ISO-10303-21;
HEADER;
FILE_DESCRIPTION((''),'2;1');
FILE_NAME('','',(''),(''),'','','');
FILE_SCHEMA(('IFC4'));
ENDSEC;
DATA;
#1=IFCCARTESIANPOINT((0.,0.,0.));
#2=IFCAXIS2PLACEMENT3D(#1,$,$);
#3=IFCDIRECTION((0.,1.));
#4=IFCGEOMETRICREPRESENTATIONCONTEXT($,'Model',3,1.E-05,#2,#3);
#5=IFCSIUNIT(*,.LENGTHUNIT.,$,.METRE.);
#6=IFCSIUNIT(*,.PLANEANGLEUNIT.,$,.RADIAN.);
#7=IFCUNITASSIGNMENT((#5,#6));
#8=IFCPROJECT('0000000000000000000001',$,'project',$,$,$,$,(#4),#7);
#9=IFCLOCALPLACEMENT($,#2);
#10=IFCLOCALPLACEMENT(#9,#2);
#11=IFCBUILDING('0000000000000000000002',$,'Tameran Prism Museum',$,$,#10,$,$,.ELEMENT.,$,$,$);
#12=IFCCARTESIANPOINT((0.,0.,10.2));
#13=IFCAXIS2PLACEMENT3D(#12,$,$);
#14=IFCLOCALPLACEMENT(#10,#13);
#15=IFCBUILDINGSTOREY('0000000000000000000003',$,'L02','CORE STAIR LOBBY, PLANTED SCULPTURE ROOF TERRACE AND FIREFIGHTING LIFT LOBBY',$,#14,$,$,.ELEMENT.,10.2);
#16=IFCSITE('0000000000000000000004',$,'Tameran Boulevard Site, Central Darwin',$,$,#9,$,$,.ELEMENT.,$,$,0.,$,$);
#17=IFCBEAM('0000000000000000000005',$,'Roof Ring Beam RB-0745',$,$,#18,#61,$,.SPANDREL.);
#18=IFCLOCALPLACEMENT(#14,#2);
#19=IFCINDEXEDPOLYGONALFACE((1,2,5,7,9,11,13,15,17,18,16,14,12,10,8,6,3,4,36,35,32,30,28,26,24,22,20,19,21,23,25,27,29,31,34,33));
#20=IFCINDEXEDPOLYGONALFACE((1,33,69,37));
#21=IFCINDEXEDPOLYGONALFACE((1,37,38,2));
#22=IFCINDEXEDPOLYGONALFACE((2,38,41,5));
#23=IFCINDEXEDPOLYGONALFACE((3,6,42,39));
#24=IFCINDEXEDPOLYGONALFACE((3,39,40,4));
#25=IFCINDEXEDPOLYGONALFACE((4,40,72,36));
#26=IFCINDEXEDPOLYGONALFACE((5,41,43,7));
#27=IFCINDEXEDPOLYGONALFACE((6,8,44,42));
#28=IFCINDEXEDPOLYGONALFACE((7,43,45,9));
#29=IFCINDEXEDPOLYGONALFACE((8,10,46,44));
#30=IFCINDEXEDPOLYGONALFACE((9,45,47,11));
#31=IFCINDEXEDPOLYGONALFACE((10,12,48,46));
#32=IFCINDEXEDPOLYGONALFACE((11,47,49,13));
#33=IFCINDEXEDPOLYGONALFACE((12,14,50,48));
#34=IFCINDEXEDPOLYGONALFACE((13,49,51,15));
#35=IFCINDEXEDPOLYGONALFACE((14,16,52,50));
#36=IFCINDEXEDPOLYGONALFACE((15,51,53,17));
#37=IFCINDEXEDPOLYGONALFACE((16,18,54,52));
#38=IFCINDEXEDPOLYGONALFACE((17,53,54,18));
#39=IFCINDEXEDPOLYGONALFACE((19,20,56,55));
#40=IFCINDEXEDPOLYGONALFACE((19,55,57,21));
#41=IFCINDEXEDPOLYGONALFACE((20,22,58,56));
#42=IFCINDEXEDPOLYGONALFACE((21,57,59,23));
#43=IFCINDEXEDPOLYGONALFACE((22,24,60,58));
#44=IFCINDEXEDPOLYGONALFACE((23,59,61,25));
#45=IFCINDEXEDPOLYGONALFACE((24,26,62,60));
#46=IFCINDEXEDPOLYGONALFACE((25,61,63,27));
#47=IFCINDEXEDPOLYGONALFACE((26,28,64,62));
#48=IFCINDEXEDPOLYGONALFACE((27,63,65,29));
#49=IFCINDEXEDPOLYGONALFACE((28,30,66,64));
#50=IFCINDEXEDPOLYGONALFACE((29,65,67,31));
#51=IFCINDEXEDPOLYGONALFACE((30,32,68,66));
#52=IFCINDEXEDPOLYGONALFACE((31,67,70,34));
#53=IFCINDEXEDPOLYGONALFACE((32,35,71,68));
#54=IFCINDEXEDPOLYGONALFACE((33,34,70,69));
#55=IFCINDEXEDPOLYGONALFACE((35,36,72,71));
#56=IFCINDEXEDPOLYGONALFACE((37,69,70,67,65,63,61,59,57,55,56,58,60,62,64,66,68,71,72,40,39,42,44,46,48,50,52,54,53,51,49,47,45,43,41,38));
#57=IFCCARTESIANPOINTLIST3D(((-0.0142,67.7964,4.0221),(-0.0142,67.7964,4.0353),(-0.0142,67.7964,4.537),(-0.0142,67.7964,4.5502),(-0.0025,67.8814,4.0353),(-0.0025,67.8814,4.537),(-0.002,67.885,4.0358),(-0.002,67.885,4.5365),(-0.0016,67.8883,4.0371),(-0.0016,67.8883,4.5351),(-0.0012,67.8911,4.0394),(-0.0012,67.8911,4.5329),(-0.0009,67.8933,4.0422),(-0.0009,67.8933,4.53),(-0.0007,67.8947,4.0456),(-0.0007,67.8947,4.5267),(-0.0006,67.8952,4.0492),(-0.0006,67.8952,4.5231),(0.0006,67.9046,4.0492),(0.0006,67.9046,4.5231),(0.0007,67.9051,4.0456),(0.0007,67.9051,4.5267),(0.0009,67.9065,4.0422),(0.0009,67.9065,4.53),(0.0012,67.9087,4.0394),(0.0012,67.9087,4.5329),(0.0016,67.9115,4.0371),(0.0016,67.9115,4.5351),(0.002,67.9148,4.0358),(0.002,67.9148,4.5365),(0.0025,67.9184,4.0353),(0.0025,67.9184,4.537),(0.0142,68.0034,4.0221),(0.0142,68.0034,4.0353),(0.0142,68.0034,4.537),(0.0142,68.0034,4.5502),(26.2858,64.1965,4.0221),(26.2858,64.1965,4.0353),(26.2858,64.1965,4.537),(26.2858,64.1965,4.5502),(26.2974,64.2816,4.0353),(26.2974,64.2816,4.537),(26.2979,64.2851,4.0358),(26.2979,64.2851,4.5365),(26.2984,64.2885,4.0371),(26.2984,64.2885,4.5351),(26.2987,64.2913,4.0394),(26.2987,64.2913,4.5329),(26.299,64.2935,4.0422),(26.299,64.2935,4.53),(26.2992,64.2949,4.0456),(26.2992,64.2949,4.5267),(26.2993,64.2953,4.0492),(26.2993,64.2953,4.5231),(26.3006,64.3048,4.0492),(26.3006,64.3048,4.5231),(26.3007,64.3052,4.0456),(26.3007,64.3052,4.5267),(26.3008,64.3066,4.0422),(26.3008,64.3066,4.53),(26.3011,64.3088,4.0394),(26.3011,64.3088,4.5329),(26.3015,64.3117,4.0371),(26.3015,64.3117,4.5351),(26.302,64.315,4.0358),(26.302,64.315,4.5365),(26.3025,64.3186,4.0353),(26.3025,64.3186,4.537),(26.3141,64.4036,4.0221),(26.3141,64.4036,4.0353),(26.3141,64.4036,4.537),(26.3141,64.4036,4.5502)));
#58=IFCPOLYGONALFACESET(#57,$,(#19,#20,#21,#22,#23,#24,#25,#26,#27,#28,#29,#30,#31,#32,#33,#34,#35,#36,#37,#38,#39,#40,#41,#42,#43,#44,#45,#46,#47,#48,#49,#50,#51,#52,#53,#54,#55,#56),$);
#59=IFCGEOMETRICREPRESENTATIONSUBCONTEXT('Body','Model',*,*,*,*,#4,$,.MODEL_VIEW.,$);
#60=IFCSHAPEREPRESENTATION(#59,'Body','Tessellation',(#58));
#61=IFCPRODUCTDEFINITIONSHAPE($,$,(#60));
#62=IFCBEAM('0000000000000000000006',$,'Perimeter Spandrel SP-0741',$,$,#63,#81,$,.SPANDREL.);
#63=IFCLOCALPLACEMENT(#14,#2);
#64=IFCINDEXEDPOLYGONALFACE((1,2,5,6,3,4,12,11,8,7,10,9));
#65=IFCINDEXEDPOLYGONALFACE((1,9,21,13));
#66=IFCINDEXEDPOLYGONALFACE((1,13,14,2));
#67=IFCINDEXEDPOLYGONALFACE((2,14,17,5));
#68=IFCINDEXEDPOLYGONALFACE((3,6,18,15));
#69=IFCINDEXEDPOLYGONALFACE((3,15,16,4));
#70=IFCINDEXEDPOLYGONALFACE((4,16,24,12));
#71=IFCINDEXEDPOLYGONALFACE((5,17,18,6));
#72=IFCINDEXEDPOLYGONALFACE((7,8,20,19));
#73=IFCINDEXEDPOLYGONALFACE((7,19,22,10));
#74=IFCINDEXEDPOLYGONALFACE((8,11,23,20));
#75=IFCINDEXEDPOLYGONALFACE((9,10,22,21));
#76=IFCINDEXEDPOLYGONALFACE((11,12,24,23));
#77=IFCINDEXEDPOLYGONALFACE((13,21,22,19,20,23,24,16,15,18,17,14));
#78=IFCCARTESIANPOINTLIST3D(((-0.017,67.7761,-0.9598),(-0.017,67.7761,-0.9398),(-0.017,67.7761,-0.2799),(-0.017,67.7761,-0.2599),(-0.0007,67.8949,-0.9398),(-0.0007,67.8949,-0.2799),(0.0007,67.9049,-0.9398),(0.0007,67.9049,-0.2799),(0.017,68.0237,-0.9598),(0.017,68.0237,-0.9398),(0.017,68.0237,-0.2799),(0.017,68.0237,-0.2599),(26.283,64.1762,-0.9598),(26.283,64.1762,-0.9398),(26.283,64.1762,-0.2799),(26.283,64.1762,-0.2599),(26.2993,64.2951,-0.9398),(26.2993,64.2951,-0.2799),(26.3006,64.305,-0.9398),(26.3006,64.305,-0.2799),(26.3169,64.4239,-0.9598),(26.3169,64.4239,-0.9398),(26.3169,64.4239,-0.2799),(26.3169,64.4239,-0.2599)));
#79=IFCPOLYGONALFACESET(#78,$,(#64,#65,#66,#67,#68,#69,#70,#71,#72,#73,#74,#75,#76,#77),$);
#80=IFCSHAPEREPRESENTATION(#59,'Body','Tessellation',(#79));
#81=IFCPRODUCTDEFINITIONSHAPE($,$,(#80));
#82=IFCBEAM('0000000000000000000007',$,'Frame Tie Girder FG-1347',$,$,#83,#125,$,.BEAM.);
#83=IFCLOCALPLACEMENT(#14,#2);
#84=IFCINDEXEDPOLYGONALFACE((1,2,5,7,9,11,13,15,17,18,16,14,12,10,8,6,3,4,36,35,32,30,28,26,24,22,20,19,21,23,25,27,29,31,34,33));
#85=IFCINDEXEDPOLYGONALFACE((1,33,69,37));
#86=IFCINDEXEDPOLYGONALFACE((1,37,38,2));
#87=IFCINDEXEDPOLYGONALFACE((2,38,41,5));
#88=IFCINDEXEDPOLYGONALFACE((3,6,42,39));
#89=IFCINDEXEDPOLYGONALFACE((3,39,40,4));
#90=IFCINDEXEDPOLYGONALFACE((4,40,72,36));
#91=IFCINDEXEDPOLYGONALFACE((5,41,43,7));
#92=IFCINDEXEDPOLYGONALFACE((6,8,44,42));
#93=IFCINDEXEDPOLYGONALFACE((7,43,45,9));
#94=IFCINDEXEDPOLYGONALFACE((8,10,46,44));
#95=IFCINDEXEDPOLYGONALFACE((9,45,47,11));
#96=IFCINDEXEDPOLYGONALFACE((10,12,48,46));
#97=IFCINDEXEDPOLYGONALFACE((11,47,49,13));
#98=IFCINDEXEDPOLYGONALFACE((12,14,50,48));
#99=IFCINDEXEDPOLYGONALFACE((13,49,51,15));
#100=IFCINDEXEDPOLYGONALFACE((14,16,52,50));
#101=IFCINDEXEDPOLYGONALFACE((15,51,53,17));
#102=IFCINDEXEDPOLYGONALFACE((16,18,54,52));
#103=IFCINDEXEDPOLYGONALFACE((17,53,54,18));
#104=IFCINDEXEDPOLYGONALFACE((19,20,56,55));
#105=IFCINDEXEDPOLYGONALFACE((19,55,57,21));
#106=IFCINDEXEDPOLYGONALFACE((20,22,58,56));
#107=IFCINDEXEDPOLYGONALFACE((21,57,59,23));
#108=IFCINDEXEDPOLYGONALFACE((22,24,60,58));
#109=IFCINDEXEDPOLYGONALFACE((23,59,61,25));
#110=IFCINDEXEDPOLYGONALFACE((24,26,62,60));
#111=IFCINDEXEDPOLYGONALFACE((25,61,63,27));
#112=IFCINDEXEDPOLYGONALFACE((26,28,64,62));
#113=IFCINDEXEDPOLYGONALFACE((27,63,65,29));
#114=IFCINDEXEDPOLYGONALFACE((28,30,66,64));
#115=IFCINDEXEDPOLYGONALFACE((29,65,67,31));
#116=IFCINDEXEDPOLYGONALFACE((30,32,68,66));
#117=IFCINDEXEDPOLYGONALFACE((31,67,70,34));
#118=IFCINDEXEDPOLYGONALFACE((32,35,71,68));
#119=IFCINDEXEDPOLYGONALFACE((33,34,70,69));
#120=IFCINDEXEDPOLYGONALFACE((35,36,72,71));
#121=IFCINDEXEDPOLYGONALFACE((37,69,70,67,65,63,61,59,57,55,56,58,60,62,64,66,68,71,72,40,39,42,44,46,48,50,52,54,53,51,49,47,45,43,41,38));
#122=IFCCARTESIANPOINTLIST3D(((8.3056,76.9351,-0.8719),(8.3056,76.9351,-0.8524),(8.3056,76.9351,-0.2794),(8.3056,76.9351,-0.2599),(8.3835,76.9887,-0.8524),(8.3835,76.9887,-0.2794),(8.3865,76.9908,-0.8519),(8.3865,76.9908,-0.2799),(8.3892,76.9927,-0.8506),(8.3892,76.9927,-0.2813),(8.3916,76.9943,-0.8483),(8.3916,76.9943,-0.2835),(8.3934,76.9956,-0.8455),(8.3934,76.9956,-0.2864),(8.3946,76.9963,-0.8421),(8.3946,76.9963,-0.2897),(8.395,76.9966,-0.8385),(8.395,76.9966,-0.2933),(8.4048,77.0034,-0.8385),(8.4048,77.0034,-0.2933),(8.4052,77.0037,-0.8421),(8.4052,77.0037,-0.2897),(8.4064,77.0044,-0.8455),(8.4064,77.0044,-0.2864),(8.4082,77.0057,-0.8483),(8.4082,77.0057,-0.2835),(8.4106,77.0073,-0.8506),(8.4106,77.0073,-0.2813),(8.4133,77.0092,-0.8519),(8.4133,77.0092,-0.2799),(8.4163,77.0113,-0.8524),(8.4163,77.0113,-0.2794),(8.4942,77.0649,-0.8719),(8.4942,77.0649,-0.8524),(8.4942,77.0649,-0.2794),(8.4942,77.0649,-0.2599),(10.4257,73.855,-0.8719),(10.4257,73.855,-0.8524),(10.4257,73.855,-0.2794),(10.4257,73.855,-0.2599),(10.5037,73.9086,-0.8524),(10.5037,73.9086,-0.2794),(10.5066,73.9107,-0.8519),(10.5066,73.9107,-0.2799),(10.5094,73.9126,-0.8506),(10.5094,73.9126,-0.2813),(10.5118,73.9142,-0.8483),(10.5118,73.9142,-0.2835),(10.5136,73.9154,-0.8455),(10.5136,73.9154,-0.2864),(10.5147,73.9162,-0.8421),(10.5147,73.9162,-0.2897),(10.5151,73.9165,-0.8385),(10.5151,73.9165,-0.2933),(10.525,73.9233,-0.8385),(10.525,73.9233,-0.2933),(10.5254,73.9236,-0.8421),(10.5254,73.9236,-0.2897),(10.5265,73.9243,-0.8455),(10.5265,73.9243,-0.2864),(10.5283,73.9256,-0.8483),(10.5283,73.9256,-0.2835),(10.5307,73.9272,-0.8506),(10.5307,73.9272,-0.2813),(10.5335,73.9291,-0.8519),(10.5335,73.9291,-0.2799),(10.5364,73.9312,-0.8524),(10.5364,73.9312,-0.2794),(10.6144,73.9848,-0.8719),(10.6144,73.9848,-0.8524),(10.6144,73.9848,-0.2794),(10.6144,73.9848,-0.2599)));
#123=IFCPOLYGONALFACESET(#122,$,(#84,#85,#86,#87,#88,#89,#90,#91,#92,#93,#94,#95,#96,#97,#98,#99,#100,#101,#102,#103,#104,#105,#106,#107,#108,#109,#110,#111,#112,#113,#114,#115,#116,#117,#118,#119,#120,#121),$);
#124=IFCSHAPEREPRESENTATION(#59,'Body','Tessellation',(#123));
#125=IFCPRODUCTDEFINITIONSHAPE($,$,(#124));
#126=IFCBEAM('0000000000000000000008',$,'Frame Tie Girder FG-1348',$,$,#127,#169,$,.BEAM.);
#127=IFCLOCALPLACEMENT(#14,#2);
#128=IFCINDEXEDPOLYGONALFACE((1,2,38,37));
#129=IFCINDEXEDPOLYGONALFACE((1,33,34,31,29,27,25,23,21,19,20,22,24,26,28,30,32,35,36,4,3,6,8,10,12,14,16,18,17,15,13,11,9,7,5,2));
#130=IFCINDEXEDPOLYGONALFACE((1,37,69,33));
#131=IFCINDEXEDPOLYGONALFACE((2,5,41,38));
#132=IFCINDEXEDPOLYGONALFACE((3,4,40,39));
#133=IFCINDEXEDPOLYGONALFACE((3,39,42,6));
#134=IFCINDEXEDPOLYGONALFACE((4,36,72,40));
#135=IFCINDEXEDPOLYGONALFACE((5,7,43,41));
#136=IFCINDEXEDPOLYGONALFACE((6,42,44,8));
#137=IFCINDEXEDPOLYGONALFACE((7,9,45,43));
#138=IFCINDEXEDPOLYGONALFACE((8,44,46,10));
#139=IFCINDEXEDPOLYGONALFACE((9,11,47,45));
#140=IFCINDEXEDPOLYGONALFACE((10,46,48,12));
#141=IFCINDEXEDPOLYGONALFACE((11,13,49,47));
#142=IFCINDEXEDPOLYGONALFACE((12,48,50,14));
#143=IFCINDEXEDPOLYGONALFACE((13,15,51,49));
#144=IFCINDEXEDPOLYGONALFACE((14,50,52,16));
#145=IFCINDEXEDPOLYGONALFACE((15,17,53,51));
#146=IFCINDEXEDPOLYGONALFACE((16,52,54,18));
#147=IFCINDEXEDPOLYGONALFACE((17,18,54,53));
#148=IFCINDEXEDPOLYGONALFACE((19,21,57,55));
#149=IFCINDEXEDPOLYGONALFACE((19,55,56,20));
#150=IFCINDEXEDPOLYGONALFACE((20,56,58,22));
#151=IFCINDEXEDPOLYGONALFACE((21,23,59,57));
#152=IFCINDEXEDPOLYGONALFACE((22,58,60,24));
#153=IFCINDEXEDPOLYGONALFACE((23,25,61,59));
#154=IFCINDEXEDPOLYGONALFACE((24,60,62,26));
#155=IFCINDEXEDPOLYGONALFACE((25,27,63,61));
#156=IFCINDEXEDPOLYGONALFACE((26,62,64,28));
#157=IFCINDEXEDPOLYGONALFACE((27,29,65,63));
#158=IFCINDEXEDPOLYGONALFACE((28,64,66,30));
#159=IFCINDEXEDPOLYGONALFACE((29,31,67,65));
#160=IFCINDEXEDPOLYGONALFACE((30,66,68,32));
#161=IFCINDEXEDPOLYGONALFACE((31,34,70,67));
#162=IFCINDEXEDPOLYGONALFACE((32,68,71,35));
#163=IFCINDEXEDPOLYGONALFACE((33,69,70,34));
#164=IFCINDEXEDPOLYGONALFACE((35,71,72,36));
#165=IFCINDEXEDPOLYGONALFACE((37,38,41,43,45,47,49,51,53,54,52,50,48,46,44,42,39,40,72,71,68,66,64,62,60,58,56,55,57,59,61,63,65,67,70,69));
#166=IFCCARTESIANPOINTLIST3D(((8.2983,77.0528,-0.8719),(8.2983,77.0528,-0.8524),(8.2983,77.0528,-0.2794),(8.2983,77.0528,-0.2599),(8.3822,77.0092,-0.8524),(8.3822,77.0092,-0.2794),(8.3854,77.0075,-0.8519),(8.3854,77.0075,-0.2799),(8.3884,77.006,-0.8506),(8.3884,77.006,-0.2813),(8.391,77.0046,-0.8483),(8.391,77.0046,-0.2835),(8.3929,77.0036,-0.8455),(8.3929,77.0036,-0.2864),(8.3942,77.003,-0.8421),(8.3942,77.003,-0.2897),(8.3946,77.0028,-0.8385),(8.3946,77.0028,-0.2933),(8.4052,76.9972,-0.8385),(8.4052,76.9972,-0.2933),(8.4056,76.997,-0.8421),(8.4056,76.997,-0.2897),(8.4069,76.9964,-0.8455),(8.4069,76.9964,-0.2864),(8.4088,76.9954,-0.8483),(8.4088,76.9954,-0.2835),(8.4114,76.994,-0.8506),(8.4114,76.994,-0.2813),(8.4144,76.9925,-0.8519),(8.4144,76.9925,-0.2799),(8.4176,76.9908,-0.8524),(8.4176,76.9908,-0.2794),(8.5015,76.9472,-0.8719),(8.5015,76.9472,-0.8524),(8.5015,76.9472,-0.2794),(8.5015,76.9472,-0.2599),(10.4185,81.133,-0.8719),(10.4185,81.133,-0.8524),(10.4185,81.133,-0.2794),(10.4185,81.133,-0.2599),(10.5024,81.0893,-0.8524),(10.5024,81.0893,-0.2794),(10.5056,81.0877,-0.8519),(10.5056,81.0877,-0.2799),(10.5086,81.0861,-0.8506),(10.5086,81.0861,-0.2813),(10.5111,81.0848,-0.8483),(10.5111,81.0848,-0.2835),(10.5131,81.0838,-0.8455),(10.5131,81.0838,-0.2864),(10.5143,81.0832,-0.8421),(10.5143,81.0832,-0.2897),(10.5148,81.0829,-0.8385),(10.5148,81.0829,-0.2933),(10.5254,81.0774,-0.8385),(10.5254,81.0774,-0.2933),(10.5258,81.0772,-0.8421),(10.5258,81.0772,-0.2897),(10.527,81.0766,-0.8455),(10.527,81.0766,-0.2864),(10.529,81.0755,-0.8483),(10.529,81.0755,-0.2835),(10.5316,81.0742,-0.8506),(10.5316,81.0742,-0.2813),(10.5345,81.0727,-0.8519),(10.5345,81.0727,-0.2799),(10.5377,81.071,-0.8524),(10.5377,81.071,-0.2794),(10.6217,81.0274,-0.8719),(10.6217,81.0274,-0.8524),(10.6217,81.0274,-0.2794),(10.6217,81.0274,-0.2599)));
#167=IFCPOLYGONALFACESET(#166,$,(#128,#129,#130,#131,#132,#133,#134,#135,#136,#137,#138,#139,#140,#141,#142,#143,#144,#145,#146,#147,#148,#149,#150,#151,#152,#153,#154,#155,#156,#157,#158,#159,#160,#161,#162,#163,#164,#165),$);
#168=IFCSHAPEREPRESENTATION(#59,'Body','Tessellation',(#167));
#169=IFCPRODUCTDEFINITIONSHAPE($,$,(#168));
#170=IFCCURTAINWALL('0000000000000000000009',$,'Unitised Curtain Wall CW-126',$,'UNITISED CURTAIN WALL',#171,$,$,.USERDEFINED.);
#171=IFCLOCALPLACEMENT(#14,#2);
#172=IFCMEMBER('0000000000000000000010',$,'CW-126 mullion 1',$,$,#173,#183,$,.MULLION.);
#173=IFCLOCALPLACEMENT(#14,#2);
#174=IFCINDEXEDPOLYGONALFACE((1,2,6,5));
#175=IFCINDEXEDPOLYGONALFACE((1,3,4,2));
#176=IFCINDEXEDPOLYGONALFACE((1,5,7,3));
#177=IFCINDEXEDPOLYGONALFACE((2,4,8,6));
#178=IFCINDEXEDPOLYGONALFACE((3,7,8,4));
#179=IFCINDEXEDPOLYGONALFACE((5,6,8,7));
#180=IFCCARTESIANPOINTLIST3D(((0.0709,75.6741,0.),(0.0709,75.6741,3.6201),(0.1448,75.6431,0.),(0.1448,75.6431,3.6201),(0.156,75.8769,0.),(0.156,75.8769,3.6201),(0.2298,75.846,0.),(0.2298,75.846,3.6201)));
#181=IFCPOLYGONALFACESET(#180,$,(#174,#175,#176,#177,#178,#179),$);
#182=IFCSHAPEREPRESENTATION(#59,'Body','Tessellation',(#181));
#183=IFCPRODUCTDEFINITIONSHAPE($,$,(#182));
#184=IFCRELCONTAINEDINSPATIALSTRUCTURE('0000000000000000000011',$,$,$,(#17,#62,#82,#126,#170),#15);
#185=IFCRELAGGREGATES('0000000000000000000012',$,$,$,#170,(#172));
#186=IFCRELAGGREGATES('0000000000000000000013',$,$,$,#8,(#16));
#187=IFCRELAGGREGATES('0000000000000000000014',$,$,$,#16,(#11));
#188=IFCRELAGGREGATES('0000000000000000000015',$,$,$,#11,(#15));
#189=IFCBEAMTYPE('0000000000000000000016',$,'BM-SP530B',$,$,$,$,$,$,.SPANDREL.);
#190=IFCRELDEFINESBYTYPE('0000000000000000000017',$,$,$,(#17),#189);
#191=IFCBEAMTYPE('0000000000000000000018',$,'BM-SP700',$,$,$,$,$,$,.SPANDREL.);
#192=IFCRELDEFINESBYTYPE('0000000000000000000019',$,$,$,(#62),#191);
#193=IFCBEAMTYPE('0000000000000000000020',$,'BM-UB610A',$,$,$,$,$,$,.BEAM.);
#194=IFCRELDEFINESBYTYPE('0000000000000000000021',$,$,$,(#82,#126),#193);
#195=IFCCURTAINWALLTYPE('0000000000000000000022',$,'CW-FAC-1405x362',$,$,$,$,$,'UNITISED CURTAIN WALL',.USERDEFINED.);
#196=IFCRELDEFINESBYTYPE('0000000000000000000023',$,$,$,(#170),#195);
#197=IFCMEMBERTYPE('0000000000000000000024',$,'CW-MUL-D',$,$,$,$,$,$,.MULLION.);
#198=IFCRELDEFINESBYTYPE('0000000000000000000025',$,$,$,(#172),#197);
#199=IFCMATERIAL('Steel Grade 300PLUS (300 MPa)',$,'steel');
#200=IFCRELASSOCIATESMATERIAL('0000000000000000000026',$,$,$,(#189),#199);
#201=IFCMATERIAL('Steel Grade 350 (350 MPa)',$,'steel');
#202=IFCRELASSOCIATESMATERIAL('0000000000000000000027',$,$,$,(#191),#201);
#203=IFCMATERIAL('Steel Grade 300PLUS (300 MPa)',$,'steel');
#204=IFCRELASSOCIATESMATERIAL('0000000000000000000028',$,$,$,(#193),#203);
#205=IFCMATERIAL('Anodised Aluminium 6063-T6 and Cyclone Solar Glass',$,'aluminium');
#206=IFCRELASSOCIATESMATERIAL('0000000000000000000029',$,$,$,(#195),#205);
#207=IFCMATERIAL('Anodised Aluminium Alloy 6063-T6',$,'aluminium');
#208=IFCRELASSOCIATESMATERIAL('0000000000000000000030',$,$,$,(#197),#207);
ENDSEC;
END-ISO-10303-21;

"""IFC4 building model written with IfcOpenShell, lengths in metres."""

from ifc_helpers import new_model, si_unit, direction, frame, origin, origin_2d, place, context, subcontext, project, spatial, rectangle, i_section, extrude, material, material_profile, profile_set, type_object, element, aggregate, save


model = new_model("IFC4")

# Units and contexts
model_context = context("Model", 3, precision=1e-05, world=origin(), true_north=direction((0.0, 1.0)))
body_context = subcontext(model_context, "Body", "Model", "MODEL_VIEW")
ifc_project = project(units=[si_unit("LENGTHUNIT", "METRE"), si_unit("PLANEANGLEUNIT", "RADIAN")], contexts=[model_context])

# Site, building, storey
site_placement = place(None, origin())
site = spatial("IfcSite", under=ifc_project, at=site_placement, Name="Tameran Boulevard Site, Central Darwin", CompositionType="ELEMENT", RefElevation=0.0)
building_placement = place(site_placement, origin())
building = spatial("IfcBuilding", under=site, at=building_placement, Name="Tameran Prism Museum", CompositionType="ELEMENT")
storey_placement = place(building_placement, frame((0.0, 0.0, 10.2)))
storey = spatial("IfcBuildingStorey", under=building, at=storey_placement, Name="L02", Description="CORE STAIR LOBBY, PLANTED SCULPTURE ROOF TERRACE AND FIREFIGHTING LIFT LOBBY", CompositionType="ELEMENT", Elevation=10.2)

# Beams
ifc_material_1 = material(Name="Steel Grade 300PLUS (300 MPa)", Category="steel")
ifc_material_profile_1 = material_profile(ifc_material_1, i_section(OverallWidth=0.209, OverallDepth=0.5281, WebThickness=0.0095, FlangeThickness=0.0132, FilletRadius=0.0139, at=origin_2d()))
ifc_profile_set_1 = profile_set([ifc_material_profile_1])
beam_type_1 = type_object("IfcBeamType", Name="BM-SP530B", PredefinedType="SPANDREL", material=ifc_profile_set_1)
beam_1_placement = place(storey_placement, frame((0.0, 67.8999, 4.2861), z_axis=(0.990762, -0.135612, 0.0), x_axis=(0.135612, 0.990762, 0.0)))
element("IfcBeam", 1, at=beam_1_placement, inside=storey, type_object=beam_type_1, Name="Roof Ring Beam RB-0745", PredefinedType="SPANDREL", context=body_context, shape_type="SweptSolid", body=[
    extrude(i_section(OverallWidth=0.209, OverallDepth=0.5281, WebThickness=0.0095, FlangeThickness=0.0132, FilletRadius=0.0139, at=origin_2d()), origin(), (0.0, 0.0, 1.0), 26.5452),
])
ifc_material_2 = material(Name="Steel Grade 350 (350 MPa)", Category="steel")
ifc_material_profile_2 = material_profile(ifc_material_2, i_section(OverallWidth=0.25, OverallDepth=0.7, WebThickness=0.01, FlangeThickness=0.02, at=origin_2d()))
ifc_profile_set_2 = profile_set([ifc_material_profile_2])
beam_type_2 = type_object("IfcBeamType", Name="BM-SP700", PredefinedType="SPANDREL", material=ifc_profile_set_2)
beam_2_placement = place(storey_placement, frame((0.0, 67.8999, -0.6099), z_axis=(0.990762, -0.135612, 0.0), x_axis=(0.135612, 0.990762, 0.0)))
element("IfcBeam", 2, at=beam_2_placement, inside=storey, type_object=beam_type_2, Name="Perimeter Spandrel SP-0741", PredefinedType="SPANDREL", context=body_context, shape_type="SweptSolid", body=[
    extrude(i_section(OverallWidth=0.25, OverallDepth=0.7, WebThickness=0.01, FlangeThickness=0.02, at=origin_2d()), origin(), (0.0, 0.0, 1.0), 26.5452),
])
ifc_material_3 = material(Name="Steel Grade 300PLUS (300 MPa)", Category="steel")
ifc_material_profile_3 = material_profile(ifc_material_3, i_section(OverallWidth=0.229, OverallDepth=0.6121, WebThickness=0.012, FlangeThickness=0.0195, FilletRadius=0.0139, at=origin_2d()))
ifc_profile_set_3 = profile_set([ifc_material_profile_3])
beam_type_3 = type_object("IfcBeamType", Name="BM-UB610A", PredefinedType="BEAM", material=ifc_profile_set_3)
beam_3_placement = place(storey_placement, frame((8.3999, 77.0, -0.5659), z_axis=(0.566994, -0.823722, 0.0), x_axis=(0.823722, 0.566994, 0.0)))
element("IfcBeam", 3, at=beam_3_placement, inside=storey, type_object=beam_type_3, Name="Frame Tie Girder FG-1347", PredefinedType="BEAM", context=body_context, shape_type="SweptSolid", body=[
    extrude(i_section(OverallWidth=0.229, OverallDepth=0.6121, WebThickness=0.012, FlangeThickness=0.0195, FilletRadius=0.0139, at=origin_2d()), origin(), (0.0, 0.0, 1.0), 3.7393),
])
beam_4_placement = place(storey_placement, frame((8.3999, 77.0, -0.5659), z_axis=(0.461092, 0.887352, 0.0), x_axis=(-0.887352, 0.461092, 0.0)))
element("IfcBeam", 4, at=beam_4_placement, inside=storey, type_object=beam_type_3, Name="Frame Tie Girder FG-1348", PredefinedType="BEAM", context=body_context, shape_type="SweptSolid", body=[
    extrude(i_section(OverallWidth=0.229, OverallDepth=0.6121, WebThickness=0.012, FlangeThickness=0.0195, FilletRadius=0.0139, at=origin_2d()), origin(), (0.0, 0.0, 1.0), 4.5981),
])

# Curtain wall, member
ifc_material_4 = material(Name="Anodised Aluminium 6063-T6 and Cyclone Solar Glass", Category="aluminium")
curtain_wall_type = type_object("IfcCurtainWallType", Name="CW-FAC-1405x362", ElementType="UNITISED CURTAIN WALL", PredefinedType="USERDEFINED", material=ifc_material_4)
curtain_wall_placement = place(storey_placement, origin())
curtain_wall = element("IfcCurtainWall", 5, at=curtain_wall_placement, inside=storey, type_object=curtain_wall_type, Name="Unitised Curtain Wall CW-126", ObjectType="UNITISED CURTAIN WALL", PredefinedType="USERDEFINED")
ifc_material_5 = material(Name="Anodised Aluminium Alloy 6063-T6", Category="aluminium")
ifc_material_profile_4 = material_profile(ifc_material_5, rectangle(XDim=0.0801, YDim=0.22, at=origin_2d()))
ifc_profile_set_4 = profile_set([ifc_material_profile_4])
member_type_1 = type_object("IfcMemberType", Name="CW-MUL-D", PredefinedType="MULLION", material=ifc_profile_set_4)
member_1_placement = place(storey_placement, frame((0.1504, 75.76, 0.0), z_axis=(0.0, 0.0, 1.0), x_axis=(-0.922253, 0.386586, 0.0)))
member_1 = element("IfcMember", 6, at=member_1_placement, type_object=member_type_1, Name="CW-126 mullion 1", PredefinedType="MULLION", context=body_context, shape_type="SweptSolid", body=[
    extrude(rectangle(XDim=0.0801, YDim=0.22, at=origin_2d()), origin(), (0.0, 0.0, 1.0), 3.6201),
])
aggregate(curtain_wall, [member_1])

save(model, "model.ifc")
